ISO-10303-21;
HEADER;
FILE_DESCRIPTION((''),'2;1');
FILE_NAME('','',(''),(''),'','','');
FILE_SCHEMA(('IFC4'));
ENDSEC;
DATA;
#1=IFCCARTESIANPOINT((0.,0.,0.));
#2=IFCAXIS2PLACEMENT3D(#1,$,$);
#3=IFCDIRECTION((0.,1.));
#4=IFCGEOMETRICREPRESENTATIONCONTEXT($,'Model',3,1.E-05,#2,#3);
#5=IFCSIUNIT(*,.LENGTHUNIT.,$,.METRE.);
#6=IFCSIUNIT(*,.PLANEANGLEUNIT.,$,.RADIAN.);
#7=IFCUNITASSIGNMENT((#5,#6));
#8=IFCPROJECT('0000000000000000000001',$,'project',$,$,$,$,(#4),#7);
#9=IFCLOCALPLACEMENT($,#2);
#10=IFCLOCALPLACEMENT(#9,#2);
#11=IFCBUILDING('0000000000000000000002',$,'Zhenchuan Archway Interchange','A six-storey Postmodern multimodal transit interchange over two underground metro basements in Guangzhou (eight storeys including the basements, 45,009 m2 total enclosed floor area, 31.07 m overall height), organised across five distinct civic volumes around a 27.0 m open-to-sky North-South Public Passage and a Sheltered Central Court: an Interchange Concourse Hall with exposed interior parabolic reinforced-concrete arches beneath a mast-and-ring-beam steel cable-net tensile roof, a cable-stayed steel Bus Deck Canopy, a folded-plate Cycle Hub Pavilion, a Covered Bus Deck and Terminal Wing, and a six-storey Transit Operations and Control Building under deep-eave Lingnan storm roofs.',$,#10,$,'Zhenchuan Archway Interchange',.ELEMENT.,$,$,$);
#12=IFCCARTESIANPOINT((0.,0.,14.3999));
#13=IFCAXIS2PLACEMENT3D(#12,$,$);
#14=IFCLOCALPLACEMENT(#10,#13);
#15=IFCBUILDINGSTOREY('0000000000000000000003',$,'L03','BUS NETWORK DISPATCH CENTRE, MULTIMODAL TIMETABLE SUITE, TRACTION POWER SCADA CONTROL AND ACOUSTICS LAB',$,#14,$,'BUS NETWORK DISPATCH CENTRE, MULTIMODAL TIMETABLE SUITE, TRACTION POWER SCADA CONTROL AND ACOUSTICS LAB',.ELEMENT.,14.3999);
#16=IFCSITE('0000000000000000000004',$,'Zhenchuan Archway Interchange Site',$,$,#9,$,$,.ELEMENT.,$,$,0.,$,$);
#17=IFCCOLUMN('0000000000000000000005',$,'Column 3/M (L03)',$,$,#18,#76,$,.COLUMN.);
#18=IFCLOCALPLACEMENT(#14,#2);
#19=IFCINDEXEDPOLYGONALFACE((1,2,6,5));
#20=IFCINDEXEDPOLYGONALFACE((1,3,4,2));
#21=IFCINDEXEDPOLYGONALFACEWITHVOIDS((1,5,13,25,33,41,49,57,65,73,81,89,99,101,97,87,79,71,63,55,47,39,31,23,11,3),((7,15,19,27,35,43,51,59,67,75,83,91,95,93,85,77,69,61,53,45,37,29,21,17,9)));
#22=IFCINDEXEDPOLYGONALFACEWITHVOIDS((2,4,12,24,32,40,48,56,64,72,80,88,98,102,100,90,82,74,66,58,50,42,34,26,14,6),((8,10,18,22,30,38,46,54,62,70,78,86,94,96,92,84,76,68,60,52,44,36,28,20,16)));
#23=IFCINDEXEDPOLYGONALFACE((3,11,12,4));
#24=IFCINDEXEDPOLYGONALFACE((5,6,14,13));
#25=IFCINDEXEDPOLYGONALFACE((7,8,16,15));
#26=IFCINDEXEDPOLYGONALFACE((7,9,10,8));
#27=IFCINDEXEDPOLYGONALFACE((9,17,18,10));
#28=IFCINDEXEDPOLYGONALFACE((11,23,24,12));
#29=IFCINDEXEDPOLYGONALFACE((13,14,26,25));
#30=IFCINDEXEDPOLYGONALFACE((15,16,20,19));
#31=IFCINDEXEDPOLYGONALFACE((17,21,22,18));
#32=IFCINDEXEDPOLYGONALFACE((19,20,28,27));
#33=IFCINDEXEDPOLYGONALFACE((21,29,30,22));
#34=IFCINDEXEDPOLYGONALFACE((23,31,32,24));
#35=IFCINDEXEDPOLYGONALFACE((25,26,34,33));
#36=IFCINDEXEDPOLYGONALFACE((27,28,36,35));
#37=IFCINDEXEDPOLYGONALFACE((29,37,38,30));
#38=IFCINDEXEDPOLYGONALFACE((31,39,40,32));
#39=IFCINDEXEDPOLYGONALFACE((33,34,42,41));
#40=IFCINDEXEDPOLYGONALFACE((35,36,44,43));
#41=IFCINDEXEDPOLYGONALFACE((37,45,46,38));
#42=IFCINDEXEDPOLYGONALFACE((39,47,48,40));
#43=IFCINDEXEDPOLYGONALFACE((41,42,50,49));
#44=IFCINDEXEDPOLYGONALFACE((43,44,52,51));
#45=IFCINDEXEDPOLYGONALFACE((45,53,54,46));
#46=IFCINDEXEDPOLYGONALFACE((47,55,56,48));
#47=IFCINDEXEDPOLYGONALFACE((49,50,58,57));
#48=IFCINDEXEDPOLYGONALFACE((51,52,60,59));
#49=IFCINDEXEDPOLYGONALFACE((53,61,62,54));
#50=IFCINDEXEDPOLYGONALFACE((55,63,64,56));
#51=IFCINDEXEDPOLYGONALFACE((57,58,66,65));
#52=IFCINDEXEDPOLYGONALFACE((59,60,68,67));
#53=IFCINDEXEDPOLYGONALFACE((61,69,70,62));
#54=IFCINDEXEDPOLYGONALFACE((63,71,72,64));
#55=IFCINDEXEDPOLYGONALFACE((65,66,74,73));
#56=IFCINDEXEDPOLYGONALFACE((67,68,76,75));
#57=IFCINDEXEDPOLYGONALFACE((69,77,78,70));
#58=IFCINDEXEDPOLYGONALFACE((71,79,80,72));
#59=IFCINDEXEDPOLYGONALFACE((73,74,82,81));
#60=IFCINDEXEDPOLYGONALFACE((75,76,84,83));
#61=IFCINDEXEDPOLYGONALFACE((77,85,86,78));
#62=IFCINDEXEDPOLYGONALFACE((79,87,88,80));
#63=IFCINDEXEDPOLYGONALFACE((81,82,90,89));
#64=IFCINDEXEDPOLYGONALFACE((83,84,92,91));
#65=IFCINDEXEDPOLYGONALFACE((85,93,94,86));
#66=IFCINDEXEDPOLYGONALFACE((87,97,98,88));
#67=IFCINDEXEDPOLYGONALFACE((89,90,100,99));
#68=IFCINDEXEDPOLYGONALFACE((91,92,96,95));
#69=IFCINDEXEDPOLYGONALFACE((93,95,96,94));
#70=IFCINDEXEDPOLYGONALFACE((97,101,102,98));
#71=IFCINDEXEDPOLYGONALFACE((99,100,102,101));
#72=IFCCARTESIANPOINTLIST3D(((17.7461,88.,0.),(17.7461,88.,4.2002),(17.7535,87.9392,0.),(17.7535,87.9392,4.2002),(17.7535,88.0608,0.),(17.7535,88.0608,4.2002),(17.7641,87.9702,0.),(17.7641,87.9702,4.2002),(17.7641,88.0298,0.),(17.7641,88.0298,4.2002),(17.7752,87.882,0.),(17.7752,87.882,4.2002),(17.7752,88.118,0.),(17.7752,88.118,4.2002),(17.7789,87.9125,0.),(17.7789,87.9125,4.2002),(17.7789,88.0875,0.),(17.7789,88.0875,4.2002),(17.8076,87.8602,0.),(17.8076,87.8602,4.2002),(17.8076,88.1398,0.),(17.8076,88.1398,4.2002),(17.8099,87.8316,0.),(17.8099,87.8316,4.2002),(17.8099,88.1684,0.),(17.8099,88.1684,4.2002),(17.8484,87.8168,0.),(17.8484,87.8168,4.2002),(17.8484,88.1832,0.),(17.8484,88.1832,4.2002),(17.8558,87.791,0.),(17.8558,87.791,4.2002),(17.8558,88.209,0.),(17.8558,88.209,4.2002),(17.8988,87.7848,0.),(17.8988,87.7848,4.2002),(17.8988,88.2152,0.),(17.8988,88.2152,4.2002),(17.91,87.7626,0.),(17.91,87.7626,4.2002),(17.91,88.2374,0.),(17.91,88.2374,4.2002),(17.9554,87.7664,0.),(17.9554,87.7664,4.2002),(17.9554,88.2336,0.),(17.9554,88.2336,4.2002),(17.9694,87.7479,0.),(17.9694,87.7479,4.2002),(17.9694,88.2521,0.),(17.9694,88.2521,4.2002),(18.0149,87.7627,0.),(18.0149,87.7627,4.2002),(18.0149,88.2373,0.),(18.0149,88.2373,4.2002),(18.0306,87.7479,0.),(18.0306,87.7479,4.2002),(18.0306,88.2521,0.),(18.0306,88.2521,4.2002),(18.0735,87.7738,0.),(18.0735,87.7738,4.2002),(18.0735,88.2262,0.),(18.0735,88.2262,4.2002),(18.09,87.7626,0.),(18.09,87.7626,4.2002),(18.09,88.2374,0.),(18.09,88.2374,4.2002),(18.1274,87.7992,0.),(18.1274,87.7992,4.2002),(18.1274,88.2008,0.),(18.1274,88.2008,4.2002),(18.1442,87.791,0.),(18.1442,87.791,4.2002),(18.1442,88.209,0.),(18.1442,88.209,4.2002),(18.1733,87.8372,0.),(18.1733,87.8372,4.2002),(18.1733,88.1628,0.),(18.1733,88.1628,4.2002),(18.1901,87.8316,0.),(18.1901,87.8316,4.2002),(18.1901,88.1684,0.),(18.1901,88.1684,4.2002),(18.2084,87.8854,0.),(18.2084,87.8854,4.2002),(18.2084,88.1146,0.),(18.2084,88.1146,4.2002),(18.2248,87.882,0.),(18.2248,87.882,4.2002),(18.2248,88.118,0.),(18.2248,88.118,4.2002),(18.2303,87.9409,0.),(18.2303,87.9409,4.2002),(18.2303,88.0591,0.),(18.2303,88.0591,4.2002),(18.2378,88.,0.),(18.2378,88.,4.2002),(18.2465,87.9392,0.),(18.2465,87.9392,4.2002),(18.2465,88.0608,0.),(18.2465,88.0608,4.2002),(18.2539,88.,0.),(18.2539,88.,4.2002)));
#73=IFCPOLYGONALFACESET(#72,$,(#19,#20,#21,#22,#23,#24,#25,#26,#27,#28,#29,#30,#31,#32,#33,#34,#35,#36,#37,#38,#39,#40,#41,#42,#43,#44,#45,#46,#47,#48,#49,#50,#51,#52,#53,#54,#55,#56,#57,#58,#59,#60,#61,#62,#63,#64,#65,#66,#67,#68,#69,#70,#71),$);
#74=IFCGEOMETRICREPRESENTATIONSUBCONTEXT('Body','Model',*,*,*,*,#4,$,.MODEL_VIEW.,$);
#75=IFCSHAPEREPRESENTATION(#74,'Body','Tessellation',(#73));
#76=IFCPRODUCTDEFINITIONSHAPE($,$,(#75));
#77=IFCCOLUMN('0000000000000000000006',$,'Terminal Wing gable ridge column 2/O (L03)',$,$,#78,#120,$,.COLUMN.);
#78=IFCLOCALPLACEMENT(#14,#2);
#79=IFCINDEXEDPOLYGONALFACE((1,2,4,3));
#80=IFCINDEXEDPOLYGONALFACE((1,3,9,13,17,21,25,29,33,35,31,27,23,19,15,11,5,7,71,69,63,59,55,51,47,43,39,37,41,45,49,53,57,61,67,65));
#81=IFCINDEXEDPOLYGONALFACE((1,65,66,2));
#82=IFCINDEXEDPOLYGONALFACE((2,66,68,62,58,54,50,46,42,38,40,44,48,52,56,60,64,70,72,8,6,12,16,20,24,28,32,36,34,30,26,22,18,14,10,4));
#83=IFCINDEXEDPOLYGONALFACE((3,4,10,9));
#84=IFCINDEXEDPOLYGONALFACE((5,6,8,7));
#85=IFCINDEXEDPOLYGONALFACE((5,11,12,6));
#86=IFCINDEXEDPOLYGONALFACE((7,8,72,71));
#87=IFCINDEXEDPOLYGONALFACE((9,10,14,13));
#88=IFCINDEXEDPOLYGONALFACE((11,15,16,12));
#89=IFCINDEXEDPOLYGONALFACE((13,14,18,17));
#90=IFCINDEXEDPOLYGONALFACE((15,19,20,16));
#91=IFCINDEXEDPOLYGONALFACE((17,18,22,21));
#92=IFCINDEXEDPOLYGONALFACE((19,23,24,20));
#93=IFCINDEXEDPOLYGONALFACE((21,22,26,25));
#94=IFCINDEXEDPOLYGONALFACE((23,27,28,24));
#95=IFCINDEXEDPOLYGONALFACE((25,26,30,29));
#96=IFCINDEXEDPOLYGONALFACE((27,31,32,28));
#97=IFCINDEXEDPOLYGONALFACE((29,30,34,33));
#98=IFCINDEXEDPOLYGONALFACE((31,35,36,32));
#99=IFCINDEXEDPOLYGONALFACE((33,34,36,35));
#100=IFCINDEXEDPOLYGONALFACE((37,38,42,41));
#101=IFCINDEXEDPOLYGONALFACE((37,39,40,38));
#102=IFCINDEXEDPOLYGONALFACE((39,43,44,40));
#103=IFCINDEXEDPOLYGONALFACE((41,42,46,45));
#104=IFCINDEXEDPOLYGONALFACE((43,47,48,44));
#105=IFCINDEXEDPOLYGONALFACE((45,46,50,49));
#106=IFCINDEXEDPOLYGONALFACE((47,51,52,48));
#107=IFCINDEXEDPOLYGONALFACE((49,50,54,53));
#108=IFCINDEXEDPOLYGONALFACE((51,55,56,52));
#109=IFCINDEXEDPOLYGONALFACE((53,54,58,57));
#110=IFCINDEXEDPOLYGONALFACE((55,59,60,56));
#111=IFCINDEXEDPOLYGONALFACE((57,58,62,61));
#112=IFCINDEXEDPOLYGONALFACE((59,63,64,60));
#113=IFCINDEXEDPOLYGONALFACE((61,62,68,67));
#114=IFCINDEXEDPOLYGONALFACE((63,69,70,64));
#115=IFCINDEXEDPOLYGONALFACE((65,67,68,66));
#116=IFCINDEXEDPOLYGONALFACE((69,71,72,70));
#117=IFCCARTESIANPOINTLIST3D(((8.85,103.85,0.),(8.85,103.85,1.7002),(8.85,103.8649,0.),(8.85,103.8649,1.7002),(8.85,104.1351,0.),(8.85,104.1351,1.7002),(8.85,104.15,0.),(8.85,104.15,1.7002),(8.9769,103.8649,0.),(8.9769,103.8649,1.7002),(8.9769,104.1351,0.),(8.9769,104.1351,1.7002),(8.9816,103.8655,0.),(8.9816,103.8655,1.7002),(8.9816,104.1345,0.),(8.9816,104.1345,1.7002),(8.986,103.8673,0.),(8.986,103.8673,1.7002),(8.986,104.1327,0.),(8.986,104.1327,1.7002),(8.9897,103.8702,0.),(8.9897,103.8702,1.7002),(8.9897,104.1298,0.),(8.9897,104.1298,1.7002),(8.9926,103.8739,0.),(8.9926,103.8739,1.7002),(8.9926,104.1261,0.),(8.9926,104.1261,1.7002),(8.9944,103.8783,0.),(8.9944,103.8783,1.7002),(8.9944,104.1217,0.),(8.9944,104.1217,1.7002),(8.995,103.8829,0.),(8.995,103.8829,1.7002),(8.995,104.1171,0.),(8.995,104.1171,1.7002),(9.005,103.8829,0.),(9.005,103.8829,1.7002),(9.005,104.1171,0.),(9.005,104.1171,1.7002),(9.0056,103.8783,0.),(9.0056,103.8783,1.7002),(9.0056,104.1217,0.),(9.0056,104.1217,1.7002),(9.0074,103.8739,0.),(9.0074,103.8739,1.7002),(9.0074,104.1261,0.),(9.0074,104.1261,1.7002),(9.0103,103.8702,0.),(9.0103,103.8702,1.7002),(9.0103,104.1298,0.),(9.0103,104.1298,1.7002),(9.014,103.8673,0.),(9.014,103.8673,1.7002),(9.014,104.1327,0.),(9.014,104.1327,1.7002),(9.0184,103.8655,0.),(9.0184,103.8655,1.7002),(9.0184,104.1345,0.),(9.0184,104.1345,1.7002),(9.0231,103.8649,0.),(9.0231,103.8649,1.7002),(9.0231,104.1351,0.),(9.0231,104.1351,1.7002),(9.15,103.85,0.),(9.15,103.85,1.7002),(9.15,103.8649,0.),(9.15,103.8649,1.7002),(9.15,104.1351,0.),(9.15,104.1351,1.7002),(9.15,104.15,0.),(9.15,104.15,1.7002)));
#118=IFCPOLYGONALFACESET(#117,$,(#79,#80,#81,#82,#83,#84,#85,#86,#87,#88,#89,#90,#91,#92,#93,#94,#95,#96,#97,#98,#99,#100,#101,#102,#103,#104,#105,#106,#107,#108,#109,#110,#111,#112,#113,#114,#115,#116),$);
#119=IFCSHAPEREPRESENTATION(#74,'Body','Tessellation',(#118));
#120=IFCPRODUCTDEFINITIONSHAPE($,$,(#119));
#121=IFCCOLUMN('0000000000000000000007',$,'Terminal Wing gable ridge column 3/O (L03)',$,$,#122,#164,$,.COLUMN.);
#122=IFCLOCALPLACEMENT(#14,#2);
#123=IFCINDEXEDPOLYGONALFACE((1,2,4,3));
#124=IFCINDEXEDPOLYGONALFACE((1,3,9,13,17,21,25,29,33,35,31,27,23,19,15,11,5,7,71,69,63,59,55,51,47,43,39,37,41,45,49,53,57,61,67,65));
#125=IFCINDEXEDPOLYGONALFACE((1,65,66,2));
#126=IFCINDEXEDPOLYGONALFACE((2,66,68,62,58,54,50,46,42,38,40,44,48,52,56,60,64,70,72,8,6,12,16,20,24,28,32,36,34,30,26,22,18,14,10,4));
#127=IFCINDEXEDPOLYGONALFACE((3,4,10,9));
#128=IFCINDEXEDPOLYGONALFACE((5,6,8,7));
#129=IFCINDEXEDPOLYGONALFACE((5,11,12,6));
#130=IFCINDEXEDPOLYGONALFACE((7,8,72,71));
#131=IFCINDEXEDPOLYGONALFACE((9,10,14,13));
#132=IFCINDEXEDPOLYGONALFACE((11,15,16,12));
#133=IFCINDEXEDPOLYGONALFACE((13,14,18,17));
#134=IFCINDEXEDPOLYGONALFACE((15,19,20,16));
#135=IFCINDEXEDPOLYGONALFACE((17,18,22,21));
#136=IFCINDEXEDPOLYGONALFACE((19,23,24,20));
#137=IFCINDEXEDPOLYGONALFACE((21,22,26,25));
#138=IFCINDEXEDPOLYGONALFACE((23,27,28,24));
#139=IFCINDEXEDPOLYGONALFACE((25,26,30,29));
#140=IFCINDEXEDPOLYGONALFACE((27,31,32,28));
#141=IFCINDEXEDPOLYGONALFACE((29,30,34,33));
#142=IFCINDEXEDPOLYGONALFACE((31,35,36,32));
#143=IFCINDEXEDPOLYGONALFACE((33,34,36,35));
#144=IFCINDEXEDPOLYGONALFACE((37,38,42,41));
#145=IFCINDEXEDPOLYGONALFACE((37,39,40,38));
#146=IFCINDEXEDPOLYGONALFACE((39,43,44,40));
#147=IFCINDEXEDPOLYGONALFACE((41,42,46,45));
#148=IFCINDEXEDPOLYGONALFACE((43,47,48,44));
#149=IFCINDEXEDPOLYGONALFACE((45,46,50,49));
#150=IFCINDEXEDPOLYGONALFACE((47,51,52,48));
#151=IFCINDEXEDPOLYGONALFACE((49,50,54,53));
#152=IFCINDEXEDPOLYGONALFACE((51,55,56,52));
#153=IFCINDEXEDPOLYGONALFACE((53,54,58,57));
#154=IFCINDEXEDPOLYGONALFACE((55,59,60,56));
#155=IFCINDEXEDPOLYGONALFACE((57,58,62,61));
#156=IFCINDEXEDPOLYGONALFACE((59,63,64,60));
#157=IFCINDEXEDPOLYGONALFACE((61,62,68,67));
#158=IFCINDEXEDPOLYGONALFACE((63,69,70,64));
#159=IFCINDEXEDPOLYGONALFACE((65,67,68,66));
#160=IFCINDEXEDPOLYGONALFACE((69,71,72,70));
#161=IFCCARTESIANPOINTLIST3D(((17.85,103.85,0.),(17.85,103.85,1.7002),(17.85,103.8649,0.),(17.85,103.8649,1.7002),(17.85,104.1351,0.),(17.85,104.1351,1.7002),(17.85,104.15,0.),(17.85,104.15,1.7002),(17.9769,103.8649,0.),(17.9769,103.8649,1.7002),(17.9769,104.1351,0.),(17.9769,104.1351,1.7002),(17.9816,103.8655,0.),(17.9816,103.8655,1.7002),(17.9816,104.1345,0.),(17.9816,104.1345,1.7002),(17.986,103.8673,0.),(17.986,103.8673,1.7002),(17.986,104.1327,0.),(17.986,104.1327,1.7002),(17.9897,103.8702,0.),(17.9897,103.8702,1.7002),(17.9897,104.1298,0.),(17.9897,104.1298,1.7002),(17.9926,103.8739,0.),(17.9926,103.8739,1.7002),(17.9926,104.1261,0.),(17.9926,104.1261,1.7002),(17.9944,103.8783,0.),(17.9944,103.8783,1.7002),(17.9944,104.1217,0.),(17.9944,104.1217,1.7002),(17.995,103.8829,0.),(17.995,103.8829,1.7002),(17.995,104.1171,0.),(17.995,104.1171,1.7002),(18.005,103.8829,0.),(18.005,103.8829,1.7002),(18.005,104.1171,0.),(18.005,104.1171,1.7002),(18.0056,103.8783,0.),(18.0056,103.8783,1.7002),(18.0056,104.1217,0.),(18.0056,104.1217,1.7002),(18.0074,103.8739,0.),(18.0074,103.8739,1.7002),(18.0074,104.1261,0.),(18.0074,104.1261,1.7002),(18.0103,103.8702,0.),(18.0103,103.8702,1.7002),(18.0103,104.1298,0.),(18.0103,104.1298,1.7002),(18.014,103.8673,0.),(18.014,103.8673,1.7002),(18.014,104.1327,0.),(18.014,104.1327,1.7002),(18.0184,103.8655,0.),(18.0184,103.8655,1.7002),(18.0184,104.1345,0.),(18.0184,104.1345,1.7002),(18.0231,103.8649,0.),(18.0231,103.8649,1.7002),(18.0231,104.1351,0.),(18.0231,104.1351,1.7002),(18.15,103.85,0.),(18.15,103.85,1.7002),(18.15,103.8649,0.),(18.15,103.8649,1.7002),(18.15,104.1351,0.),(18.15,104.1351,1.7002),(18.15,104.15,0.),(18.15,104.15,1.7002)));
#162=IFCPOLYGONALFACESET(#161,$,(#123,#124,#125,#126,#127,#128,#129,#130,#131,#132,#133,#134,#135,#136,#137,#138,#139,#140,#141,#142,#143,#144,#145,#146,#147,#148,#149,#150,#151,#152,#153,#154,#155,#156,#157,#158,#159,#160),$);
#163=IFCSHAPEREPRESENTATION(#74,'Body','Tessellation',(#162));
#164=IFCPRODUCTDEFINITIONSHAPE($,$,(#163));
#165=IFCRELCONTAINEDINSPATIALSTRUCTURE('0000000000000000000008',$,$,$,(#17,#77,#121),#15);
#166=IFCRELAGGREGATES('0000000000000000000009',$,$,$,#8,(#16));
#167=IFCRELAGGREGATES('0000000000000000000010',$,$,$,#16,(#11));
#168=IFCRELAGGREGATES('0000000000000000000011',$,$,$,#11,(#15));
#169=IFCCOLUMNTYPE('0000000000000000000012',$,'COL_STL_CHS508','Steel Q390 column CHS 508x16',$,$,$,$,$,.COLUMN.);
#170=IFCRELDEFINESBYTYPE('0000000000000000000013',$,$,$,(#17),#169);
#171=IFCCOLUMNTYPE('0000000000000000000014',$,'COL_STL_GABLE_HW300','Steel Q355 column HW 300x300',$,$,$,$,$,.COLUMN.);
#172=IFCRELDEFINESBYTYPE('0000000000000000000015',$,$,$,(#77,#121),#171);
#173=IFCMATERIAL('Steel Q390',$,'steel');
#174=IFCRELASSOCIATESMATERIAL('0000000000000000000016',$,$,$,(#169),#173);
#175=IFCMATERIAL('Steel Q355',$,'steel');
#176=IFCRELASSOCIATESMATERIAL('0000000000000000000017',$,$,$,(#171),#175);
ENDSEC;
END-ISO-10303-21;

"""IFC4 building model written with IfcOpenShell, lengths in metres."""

from ifc_helpers import new_model, si_unit, direction, frame, origin, origin_2d, place, context, subcontext, project, spatial, hollow_circle, i_section, extrude, material, material_profile, profile_set, type_object, element, save


model = new_model("IFC4")

# Units and contexts
model_context = context("Model", 3, precision=1e-05, world=origin(), true_north=direction((0.0, 1.0)))
body_context = subcontext(model_context, "Body", "Model", "MODEL_VIEW")
ifc_project = project(units=[si_unit("LENGTHUNIT", "METRE"), si_unit("PLANEANGLEUNIT", "RADIAN")], contexts=[model_context])

# Site, building, storey
site_placement = place(None, origin())
site = spatial("IfcSite", under=ifc_project, at=site_placement, Name="Zhenchuan Archway Interchange Site", CompositionType="ELEMENT", RefElevation=0.0)
building_placement = place(site_placement, origin())
building = spatial("IfcBuilding", under=site, at=building_placement, Name="Zhenchuan Archway Interchange", Description="A six-storey Postmodern multimodal transit interchange over two underground metro basements in Guangzhou (eight storeys including the basements, 45,009 m2 total enclosed floor area, 31.07 m overall height), organised across five distinct civic volumes around a 27.0 m open-to-sky North-South Public Passage and a Sheltered Central Court: an Interchange Concourse Hall with exposed interior parabolic reinforced-concrete arches beneath a mast-and-ring-beam steel cable-net tensile roof, a cable-stayed steel Bus Deck Canopy, a folded-plate Cycle Hub Pavilion, a Covered Bus Deck and Terminal Wing, and a six-storey Transit Operations and Control Building under deep-eave Lingnan storm roofs.", LongName="Zhenchuan Archway Interchange", CompositionType="ELEMENT")
storey_placement = place(building_placement, frame((0.0, 0.0, 14.3999)))
storey = spatial("IfcBuildingStorey", under=building, at=storey_placement, Name="L03", Description="BUS NETWORK DISPATCH CENTRE, MULTIMODAL TIMETABLE SUITE, TRACTION POWER SCADA CONTROL AND ACOUSTICS LAB", LongName="BUS NETWORK DISPATCH CENTRE, MULTIMODAL TIMETABLE SUITE, TRACTION POWER SCADA CONTROL AND ACOUSTICS LAB", CompositionType="ELEMENT", Elevation=14.3999)

# Columns
ifc_material_1 = material(Name="Steel Q390", Category="steel")
ifc_material_profile_1 = material_profile(ifc_material_1, hollow_circle(Radius=0.2539, WallThickness=0.0161, at=origin_2d()), Name="CHS 508x16")
ifc_profile_set_1 = profile_set([ifc_material_profile_1], Name="Steel Q390")
column_type_1 = type_object("IfcColumnType", Name="COL_STL_CHS508", Description="Steel Q390 column CHS 508x16", PredefinedType="COLUMN", material=ifc_profile_set_1)
column_1_placement = place(storey_placement, frame((18.0, 88.0, 0.0), z_axis=(0.0, 0.0, 1.0), x_axis=(1.0, 0.0, 0.0)))
element("IfcColumn", 1, at=column_1_placement, inside=storey, type_object=column_type_1, Name="Column 3/M (L03)", PredefinedType="COLUMN", context=body_context, shape_type="SweptSolid", body=[
    extrude(hollow_circle(Radius=0.2539, WallThickness=0.0161, at=origin_2d()), origin(), (0.0, 0.0, 1.0), 4.2002),
])
ifc_material_2 = material(Name="Steel Q355", Category="steel")
ifc_material_profile_2 = material_profile(ifc_material_2, i_section(OverallWidth=0.3, OverallDepth=0.3, WebThickness=0.01, FlangeThickness=0.0149, FilletRadius=0.0181, at=origin_2d()), Name="HW 300x300")
ifc_profile_set_2 = profile_set([ifc_material_profile_2], Name="Steel Q355")
column_type_2 = type_object("IfcColumnType", Name="COL_STL_GABLE_HW300", Description="Steel Q355 column HW 300x300", PredefinedType="COLUMN", material=ifc_profile_set_2)
for number, where, z_axis, x_axis, name in (
    (2, (9.0, 104.0, 0.0), (0.0, 0.0, 1.0), (1.0, 0.0, 0.0), "Terminal Wing gable ridge column 2/O (L03)"),
    (3, (18.0, 104.0, 0.0), (0.0, 0.0, 1.0), (1.0, 0.0, 0.0), "Terminal Wing gable ridge column 3/O (L03)"),
):
    element("IfcColumn", number, at=place(storey_placement, frame(where, z_axis=z_axis, x_axis=x_axis)), inside=storey, type_object=column_type_2, Name=name, PredefinedType="COLUMN", context=body_context, shape_type="SweptSolid", body=[
        extrude(i_section(OverallWidth=0.3, OverallDepth=0.3, WebThickness=0.01, FlangeThickness=0.0149, FilletRadius=0.0181, at=origin_2d()), origin(), (0.0, 0.0, 1.0), 1.7002),
    ])

save(model, "model.ifc")
